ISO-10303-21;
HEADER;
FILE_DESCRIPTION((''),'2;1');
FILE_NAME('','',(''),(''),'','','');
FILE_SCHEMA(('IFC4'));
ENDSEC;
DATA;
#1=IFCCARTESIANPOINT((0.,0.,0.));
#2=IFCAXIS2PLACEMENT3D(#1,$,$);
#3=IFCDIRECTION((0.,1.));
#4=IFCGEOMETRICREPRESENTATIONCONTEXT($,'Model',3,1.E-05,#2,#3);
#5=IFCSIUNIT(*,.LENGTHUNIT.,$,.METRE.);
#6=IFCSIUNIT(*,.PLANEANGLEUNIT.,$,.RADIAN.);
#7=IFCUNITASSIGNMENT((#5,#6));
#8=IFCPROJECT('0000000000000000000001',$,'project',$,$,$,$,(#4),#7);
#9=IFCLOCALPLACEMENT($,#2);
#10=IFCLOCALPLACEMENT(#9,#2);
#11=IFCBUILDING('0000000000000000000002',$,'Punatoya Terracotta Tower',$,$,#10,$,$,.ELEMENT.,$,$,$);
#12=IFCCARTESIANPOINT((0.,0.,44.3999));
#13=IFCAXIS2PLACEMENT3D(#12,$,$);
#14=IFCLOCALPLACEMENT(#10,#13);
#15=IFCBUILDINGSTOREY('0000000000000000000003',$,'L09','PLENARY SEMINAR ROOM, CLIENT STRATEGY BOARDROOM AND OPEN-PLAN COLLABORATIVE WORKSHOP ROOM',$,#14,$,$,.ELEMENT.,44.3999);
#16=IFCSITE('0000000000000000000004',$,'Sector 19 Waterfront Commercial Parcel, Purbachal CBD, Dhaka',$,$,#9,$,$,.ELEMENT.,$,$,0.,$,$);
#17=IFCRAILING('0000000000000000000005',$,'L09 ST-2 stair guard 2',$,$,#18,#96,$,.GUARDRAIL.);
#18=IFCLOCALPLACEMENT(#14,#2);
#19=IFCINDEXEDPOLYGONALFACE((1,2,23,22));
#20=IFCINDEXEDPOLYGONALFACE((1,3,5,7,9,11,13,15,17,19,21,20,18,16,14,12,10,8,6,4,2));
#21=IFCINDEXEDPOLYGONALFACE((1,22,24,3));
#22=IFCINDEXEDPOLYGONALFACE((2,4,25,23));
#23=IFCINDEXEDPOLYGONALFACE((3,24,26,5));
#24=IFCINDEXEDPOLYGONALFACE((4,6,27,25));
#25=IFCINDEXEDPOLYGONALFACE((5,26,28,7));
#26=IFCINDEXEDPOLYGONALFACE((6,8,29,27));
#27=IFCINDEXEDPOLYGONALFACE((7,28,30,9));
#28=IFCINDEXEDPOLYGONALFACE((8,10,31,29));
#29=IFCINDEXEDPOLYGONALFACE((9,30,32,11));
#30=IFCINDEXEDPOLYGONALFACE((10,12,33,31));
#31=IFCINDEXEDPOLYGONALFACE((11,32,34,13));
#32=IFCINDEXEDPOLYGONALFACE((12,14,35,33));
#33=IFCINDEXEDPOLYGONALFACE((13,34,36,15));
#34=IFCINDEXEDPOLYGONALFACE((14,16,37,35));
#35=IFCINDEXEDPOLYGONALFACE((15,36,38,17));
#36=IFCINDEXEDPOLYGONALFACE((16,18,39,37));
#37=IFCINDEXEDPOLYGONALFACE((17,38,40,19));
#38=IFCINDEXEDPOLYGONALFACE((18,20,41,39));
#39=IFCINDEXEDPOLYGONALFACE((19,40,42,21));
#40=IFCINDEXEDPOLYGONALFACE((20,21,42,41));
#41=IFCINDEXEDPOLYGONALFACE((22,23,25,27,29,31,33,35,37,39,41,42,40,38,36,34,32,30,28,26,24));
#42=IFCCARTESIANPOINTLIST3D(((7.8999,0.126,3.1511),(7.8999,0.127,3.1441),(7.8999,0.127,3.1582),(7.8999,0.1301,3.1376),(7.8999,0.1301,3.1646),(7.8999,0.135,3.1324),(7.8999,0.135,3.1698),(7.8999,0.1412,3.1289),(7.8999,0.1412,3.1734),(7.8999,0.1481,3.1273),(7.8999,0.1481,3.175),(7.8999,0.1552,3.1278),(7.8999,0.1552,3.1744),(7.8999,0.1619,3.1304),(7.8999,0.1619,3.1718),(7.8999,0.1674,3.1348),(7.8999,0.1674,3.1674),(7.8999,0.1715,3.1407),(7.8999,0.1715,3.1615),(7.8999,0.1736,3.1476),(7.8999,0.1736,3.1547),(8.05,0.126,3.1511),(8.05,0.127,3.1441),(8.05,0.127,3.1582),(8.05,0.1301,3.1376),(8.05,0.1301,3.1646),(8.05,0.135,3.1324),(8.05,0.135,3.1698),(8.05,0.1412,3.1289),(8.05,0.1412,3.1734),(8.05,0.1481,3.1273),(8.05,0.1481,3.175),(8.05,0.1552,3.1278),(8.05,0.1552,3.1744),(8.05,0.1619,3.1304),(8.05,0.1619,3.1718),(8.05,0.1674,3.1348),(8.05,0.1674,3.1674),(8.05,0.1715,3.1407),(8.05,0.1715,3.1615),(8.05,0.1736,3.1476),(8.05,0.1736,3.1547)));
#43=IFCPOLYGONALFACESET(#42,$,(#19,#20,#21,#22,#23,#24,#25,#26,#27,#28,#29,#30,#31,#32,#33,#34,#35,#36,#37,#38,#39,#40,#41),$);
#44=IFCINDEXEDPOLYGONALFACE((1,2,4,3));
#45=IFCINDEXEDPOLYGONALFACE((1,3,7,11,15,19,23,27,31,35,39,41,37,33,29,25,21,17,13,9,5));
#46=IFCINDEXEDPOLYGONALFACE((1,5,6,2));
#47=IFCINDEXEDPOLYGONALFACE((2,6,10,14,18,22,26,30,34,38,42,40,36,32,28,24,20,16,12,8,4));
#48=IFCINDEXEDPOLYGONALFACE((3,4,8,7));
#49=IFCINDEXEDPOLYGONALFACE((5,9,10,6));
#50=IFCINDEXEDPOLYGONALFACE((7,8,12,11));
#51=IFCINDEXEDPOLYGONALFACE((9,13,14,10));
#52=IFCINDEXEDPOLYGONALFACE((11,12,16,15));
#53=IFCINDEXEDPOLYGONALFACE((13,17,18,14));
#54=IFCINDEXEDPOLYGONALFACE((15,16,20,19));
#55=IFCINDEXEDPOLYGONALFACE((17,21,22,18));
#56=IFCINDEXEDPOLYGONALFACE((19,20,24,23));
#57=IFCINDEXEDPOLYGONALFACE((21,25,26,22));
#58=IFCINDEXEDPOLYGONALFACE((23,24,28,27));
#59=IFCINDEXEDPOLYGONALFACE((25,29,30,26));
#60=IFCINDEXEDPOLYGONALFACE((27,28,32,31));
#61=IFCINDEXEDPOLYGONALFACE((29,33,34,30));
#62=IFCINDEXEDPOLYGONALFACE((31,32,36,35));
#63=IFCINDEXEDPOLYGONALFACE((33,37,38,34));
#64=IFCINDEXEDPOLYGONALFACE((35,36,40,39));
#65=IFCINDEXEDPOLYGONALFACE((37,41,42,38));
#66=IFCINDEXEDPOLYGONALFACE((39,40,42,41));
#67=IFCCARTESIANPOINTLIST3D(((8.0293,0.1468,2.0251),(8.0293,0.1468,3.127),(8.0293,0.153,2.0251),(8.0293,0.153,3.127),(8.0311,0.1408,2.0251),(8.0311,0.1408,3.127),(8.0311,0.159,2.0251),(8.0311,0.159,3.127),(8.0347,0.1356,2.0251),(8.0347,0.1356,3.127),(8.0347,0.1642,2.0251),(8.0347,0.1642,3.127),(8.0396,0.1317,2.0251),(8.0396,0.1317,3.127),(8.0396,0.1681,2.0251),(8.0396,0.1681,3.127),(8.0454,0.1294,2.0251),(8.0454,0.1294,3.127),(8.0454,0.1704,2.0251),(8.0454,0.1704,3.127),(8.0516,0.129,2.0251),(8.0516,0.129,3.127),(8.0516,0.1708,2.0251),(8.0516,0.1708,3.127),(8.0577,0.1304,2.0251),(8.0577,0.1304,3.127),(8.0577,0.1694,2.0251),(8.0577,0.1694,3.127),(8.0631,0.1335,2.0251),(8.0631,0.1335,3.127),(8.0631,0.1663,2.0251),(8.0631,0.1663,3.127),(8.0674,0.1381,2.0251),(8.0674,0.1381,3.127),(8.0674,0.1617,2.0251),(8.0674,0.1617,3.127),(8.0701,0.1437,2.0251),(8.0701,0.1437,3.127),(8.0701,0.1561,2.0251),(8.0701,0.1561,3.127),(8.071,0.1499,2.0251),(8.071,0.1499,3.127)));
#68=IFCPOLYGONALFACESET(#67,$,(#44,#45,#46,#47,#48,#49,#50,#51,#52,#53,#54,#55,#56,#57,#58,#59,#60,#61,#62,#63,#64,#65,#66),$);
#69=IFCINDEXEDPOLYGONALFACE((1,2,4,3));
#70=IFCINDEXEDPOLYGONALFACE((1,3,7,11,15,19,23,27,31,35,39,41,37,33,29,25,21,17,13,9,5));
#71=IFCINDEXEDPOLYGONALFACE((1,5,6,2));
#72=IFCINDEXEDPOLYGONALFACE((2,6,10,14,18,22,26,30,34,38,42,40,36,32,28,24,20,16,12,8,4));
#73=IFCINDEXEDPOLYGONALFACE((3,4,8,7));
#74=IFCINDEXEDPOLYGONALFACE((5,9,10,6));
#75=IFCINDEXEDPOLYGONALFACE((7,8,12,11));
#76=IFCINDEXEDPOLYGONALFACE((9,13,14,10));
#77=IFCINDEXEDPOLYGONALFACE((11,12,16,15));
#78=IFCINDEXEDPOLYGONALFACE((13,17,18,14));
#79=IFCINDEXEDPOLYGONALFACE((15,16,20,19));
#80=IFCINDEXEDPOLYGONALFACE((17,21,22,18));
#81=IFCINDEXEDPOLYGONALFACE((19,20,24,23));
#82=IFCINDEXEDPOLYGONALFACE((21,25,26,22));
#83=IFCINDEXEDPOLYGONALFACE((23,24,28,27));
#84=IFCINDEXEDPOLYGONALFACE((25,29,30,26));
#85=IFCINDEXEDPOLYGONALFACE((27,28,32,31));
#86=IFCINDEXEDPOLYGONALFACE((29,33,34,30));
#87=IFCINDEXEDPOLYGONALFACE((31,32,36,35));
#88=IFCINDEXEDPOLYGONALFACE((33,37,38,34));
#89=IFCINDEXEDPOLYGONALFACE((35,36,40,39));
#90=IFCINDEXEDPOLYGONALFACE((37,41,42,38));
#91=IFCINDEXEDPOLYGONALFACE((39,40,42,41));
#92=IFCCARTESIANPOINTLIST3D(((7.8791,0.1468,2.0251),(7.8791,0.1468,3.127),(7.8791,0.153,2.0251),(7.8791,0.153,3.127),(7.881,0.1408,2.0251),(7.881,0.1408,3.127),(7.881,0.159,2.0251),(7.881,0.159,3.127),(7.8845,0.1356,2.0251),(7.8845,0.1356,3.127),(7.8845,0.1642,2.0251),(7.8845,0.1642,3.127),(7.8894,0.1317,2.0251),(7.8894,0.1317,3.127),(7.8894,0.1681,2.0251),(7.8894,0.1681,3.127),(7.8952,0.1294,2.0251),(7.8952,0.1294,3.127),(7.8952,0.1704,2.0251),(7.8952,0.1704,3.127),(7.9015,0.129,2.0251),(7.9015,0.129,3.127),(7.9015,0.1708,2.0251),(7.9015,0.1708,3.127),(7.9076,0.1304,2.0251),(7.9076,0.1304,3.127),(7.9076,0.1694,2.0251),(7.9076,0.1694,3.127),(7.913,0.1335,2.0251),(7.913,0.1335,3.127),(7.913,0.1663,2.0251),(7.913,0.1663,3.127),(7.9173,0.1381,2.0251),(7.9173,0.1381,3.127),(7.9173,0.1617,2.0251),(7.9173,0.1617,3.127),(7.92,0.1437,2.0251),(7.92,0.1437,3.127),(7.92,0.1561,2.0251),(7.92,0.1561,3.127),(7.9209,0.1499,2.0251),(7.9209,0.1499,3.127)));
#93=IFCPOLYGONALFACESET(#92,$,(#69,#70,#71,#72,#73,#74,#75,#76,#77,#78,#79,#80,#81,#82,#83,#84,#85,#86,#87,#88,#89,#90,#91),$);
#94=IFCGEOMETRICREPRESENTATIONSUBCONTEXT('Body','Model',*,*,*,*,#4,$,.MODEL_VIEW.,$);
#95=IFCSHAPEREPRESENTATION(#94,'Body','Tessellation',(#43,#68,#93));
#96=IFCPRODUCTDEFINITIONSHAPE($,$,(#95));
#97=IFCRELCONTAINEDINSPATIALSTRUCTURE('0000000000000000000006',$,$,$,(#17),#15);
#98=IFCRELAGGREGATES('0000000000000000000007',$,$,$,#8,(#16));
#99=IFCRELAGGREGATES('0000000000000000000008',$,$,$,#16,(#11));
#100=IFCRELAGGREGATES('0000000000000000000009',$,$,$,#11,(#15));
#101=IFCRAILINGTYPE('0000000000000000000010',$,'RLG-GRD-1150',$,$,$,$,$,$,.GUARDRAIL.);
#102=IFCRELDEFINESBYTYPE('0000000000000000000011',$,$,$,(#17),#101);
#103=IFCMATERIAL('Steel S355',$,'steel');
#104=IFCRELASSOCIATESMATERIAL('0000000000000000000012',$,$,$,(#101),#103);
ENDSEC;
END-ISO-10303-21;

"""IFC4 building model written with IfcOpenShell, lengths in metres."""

from ifc_helpers import new_model, si_unit, direction, frame, origin, origin_2d, place, context, subcontext, project, spatial, circle, extrude, material, type_object, element, save


model = new_model("IFC4")

# Units and contexts
model_context = context("Model", 3, precision=1e-05, world=origin(), true_north=direction((0.0, 1.0)))
body_context = subcontext(model_context, "Body", "Model", "MODEL_VIEW")
ifc_project = project(units=[si_unit("LENGTHUNIT", "METRE"), si_unit("PLANEANGLEUNIT", "RADIAN")], contexts=[model_context])

# Site, building, storey
site_placement = place(None, origin())
site = spatial("IfcSite", under=ifc_project, at=site_placement, Name="Sector 19 Waterfront Commercial Parcel, Purbachal CBD, Dhaka", CompositionType="ELEMENT", RefElevation=0.0)
building_placement = place(site_placement, origin())
building = spatial("IfcBuilding", under=site, at=building_placement, Name="Punatoya Terracotta Tower", CompositionType="ELEMENT")
storey_placement = place(building_placement, frame((0.0, 0.0, 44.3999)))
storey = spatial("IfcBuildingStorey", under=building, at=storey_placement, Name="L09", Description="PLENARY SEMINAR ROOM, CLIENT STRATEGY BOARDROOM AND OPEN-PLAN COLLABORATIVE WORKSHOP ROOM", CompositionType="ELEMENT", Elevation=44.3999)

# Shared definitions
ifc_material_1 = material(Name="Steel S355", Category="steel")

# Railing
railing_type = type_object("IfcRailingType", Name="RLG-GRD-1150", PredefinedType="GUARDRAIL", material=ifc_material_1)
railing_placement = place(storey_placement, frame((8.05, 0.1499, 2.0251)))
element("IfcRailing", 1, at=railing_placement, inside=storey, type_object=railing_type, Name="L09 ST-2 stair guard 2", PredefinedType="GUARDRAIL", context=body_context, shape_type="SweptSolid", body=[
    extrude(circle(Radius=0.0239, at=origin_2d()), frame((0.0, 0.0, 1.126), z_axis=(-1.0, 0.0, 0.0), x_axis=(0.0, -1.0, 0.0)), (0.0, 0.0, 1.0), 0.1501),
    extrude(circle(Radius=0.021, at=origin_2d()), origin(), (0.0, 0.0, 1.0), 1.1018),
    extrude(circle(Radius=0.021, at=origin_2d()), frame((-0.1501, 0.0, 0.0)), (0.0, 0.0, 1.0), 1.1018),
])

save(model, "model.ifc")
